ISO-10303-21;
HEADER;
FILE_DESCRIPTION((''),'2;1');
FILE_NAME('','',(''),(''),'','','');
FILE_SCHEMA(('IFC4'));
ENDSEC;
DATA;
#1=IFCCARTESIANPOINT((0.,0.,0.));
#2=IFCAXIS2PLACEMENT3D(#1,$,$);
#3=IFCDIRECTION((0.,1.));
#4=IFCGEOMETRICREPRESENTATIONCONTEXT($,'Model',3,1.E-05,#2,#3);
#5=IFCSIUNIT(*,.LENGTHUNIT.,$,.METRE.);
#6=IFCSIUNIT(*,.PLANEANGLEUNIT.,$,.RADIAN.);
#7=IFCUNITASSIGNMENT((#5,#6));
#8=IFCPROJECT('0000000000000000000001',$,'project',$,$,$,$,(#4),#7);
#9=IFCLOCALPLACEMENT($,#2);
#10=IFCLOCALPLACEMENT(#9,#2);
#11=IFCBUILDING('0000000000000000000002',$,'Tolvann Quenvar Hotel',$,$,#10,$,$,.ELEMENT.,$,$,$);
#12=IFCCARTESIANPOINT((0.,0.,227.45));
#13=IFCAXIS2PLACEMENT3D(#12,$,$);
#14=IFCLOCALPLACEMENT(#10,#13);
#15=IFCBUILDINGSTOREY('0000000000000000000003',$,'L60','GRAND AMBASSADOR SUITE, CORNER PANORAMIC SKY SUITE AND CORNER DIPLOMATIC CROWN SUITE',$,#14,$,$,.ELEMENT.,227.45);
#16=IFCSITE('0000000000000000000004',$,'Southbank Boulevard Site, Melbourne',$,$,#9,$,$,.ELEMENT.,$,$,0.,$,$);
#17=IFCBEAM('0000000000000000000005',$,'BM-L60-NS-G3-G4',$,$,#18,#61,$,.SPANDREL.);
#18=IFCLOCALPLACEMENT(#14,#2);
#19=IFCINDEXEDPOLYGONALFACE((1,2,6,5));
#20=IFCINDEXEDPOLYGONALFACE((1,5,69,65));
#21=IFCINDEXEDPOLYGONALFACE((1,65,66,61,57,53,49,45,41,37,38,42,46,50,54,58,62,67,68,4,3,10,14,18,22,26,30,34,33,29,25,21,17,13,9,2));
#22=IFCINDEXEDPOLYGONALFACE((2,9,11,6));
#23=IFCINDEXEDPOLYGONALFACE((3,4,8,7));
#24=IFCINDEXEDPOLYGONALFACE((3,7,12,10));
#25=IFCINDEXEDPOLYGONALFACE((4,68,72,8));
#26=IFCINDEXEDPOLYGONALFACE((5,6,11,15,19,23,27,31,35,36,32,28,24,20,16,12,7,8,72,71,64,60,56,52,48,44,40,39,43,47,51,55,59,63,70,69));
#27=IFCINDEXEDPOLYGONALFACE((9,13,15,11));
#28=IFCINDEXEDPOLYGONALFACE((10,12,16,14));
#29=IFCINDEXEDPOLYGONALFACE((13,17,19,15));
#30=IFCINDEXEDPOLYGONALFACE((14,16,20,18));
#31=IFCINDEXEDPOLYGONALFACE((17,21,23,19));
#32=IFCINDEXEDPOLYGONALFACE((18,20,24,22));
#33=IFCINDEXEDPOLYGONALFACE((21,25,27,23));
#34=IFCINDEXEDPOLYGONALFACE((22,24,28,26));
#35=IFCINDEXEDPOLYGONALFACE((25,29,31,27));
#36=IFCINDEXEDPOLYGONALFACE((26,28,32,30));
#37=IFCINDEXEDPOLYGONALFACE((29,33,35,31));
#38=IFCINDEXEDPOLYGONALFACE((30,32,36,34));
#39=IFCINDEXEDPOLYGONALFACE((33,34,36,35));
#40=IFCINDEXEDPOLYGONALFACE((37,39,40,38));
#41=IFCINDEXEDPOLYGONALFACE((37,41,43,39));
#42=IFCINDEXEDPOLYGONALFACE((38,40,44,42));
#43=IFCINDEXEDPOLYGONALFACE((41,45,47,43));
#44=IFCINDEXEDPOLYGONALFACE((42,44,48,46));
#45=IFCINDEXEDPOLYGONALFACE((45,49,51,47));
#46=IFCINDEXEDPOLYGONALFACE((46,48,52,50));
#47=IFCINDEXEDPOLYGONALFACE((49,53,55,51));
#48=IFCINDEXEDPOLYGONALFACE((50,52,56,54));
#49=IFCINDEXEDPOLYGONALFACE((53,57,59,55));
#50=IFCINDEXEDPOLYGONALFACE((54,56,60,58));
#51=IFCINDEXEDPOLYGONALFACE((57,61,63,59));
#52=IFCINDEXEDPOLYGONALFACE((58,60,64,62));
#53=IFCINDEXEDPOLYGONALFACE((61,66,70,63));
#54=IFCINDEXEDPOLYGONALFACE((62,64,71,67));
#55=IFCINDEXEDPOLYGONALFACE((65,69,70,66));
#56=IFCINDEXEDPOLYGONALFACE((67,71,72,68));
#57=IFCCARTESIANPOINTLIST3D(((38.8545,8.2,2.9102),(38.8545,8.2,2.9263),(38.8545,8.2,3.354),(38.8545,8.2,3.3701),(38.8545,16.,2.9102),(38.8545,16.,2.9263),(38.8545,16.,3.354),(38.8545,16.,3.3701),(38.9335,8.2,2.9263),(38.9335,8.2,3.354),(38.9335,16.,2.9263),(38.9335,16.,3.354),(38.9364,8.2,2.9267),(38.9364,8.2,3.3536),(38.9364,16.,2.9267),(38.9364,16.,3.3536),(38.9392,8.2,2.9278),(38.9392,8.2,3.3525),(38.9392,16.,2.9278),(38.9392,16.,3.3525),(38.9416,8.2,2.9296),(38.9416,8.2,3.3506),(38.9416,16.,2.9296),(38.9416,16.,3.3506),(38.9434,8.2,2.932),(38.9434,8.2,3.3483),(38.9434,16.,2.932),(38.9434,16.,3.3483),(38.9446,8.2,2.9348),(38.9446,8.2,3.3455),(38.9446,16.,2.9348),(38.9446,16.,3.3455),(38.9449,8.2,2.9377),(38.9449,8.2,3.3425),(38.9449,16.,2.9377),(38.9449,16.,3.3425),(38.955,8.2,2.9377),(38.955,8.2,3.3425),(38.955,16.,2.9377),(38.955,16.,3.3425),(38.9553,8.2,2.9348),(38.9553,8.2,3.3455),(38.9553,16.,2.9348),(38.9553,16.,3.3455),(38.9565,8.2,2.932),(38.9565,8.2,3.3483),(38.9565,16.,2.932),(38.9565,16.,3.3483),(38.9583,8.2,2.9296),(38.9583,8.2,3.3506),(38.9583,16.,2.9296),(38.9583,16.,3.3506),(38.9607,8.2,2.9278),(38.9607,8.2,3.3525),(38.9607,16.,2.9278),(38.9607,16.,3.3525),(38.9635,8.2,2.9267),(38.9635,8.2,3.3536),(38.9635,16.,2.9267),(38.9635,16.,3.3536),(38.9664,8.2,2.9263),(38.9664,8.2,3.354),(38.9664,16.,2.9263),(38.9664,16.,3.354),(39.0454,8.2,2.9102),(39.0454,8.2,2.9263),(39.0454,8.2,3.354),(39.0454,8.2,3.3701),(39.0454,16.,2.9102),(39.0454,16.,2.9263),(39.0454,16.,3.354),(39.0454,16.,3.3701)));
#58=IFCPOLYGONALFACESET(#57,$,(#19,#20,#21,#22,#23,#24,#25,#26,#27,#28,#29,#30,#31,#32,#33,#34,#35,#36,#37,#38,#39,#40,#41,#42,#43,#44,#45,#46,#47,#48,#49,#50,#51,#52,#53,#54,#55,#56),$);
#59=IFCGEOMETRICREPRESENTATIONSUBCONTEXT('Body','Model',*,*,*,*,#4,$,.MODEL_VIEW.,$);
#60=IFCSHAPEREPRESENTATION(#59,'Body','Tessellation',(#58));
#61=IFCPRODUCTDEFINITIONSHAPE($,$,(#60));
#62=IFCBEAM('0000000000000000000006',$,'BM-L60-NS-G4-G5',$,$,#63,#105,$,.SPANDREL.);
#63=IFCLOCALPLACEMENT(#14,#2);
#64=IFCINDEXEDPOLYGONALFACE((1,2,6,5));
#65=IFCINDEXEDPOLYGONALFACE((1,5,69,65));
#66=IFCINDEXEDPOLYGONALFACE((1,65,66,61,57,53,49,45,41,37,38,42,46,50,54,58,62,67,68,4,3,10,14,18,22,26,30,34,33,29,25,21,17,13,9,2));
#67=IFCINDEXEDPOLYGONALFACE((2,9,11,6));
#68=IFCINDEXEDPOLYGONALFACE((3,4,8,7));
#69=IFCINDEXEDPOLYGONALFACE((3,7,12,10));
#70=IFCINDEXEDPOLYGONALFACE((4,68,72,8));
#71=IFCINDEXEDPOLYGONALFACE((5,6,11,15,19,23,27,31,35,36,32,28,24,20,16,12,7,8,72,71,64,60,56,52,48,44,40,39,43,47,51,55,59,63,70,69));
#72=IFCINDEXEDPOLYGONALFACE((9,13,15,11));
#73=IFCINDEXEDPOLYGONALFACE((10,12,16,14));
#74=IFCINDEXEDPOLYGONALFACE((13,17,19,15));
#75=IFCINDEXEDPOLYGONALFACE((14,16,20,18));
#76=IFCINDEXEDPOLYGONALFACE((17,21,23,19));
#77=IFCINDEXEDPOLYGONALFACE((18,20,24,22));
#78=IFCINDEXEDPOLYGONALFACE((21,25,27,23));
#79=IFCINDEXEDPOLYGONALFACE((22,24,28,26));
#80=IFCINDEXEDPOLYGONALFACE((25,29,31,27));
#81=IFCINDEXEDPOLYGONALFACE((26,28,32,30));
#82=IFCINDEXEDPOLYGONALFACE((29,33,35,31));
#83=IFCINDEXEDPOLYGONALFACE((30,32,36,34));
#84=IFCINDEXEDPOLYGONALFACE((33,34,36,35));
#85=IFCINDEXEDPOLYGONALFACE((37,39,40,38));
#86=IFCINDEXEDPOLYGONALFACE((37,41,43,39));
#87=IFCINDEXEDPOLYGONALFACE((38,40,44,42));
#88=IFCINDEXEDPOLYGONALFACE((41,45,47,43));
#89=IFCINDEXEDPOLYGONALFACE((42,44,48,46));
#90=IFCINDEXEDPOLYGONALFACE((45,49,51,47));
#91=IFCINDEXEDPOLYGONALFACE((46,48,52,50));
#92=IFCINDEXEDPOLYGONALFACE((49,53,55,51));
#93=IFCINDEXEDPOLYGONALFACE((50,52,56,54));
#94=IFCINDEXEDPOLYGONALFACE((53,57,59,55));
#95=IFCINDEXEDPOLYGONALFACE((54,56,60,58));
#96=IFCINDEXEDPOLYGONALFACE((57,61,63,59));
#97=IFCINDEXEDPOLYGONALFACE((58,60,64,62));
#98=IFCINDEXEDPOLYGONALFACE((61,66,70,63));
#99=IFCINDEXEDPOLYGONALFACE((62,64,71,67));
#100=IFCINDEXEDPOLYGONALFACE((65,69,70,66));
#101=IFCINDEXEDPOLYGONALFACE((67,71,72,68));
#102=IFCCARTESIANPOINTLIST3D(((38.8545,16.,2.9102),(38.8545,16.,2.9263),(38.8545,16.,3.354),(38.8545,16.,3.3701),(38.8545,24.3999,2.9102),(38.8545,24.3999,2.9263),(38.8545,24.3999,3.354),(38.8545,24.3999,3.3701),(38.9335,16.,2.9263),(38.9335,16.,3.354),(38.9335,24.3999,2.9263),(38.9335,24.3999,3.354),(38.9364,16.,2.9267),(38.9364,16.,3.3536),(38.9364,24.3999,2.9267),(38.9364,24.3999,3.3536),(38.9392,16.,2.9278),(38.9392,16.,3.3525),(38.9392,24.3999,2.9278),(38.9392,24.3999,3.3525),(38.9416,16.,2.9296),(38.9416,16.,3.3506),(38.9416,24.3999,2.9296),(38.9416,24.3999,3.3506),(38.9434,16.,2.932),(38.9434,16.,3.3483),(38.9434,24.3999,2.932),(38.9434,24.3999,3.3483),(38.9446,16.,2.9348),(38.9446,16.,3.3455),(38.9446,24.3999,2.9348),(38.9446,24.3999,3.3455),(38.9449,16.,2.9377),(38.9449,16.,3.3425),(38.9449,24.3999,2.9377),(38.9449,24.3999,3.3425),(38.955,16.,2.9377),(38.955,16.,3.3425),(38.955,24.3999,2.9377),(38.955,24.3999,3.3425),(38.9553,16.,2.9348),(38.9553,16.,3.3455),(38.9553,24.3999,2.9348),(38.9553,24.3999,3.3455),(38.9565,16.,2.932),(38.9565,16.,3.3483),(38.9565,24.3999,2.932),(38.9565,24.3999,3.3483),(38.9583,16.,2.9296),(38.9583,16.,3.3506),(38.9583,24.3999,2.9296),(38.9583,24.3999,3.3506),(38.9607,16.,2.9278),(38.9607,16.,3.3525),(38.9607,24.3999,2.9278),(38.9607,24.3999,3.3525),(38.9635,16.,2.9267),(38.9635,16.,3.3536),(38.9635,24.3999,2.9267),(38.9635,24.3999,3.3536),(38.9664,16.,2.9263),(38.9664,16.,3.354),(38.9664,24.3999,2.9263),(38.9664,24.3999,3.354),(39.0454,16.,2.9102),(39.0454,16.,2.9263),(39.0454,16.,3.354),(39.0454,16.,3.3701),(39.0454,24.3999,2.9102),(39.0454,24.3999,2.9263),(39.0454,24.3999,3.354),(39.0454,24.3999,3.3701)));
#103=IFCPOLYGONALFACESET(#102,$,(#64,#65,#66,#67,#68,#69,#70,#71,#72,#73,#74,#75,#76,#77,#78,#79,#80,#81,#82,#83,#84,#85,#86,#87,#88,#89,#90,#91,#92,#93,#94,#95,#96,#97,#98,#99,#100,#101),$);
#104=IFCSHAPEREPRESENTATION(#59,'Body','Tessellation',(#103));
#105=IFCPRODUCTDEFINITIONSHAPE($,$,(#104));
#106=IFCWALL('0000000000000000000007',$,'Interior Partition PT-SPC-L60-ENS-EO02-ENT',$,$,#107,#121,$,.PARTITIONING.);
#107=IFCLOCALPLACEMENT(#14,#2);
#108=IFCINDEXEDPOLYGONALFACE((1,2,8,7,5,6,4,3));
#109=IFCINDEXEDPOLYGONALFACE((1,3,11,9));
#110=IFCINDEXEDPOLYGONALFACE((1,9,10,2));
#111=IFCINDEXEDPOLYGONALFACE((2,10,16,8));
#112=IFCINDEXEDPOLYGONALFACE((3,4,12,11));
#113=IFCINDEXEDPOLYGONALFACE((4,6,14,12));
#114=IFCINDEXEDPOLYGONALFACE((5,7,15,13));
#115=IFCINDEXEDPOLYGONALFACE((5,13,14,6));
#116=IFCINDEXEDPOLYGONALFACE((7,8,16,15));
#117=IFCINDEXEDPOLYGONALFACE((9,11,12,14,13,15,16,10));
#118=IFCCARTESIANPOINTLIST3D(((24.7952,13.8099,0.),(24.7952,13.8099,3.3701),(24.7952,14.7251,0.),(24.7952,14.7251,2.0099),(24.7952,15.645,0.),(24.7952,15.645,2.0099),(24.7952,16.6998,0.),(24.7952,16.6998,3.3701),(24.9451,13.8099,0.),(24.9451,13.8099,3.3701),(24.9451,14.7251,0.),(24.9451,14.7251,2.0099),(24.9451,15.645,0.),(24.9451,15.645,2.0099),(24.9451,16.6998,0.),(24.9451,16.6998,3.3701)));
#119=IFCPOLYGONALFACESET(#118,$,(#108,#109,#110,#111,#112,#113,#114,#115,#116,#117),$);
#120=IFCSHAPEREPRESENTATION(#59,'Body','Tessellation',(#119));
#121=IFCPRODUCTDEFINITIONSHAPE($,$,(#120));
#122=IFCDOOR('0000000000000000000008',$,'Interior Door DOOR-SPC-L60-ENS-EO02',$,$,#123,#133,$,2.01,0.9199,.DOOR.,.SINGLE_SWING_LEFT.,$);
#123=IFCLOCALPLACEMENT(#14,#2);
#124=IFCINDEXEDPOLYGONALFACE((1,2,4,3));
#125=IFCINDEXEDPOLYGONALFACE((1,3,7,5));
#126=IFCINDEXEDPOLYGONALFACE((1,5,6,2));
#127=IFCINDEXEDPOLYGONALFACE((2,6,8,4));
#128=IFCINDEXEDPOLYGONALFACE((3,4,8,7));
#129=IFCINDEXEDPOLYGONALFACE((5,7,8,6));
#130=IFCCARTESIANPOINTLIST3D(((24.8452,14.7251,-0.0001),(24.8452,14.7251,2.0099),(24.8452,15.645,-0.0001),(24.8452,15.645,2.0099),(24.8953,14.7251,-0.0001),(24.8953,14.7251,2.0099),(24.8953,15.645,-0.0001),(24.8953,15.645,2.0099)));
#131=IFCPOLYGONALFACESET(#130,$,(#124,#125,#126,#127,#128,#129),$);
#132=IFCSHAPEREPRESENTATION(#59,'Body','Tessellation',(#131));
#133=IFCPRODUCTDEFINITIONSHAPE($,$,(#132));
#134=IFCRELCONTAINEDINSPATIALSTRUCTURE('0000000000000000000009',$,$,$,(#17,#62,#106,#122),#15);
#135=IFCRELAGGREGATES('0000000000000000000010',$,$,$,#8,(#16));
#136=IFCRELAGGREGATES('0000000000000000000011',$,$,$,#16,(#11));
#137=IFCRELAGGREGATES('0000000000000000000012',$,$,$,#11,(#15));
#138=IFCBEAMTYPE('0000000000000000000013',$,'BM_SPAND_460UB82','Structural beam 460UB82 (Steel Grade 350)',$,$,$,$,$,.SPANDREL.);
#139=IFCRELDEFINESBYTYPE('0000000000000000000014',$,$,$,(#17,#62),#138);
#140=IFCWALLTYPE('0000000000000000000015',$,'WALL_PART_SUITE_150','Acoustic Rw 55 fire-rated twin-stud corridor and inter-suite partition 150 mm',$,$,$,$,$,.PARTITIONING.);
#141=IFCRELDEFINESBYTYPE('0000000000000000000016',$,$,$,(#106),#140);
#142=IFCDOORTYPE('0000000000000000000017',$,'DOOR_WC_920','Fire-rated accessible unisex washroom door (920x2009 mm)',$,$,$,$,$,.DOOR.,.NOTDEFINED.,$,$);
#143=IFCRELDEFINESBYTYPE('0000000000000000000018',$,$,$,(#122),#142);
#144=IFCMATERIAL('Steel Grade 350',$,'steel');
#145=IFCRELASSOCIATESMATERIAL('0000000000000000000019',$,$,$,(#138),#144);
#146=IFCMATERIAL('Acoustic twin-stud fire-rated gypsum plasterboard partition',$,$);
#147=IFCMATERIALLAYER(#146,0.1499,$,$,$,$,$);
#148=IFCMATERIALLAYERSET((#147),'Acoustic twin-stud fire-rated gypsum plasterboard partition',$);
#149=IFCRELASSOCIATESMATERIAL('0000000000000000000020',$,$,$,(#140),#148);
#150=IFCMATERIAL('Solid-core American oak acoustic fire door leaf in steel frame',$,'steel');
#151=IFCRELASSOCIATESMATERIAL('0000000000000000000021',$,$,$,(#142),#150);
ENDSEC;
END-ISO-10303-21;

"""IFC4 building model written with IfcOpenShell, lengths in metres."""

from ifc_helpers import new_model, si_unit, direction, frame, frame_2d, origin, origin_2d, place, context, subcontext, project, spatial, rectangle, i_section, extrude, source, transform, mapped, material, layer, layer_set, material_profile, profile_set, type_object, type_shapes, element, fill, save


model = new_model("IFC4")

# Units and contexts
model_context = context("Model", 3, precision=1e-05, world=origin(), true_north=direction((0.0, 1.0)))
body_context = subcontext(model_context, "Body", "Model", "MODEL_VIEW")
ifc_project = project(units=[si_unit("LENGTHUNIT", "METRE"), si_unit("PLANEANGLEUNIT", "RADIAN")], contexts=[model_context])

# Site, building, storey
site_placement = place(None, origin())
site = spatial("IfcSite", under=ifc_project, at=site_placement, Name="Southbank Boulevard Site, Melbourne", CompositionType="ELEMENT", RefElevation=0.0)
building_placement = place(site_placement, origin())
building = spatial("IfcBuilding", under=site, at=building_placement, Name="Tolvann Quenvar Hotel", CompositionType="ELEMENT")
storey_placement = place(building_placement, frame((0.0, 0.0, 227.45)))
storey = spatial("IfcBuildingStorey", under=building, at=storey_placement, Name="L60", Description="GRAND AMBASSADOR SUITE, CORNER PANORAMIC SKY SUITE AND CORNER DIPLOMATIC CROWN SUITE", CompositionType="ELEMENT", Elevation=227.45)

# Shared definitions
ifc_material_1 = material(Name="Steel Grade 350", Category="steel")

# Beams
ifc_material_profile_1 = material_profile(ifc_material_1, i_section(OverallWidth=0.1909, OverallDepth=0.46, WebThickness=0.01, FlangeThickness=0.0161, FilletRadius=0.0115, at=origin_2d()), Name="460UB82")
ifc_profile_set_1 = profile_set([ifc_material_profile_1], Name="Steel Grade 350")
beam_type_1 = type_object("IfcBeamType", Name="BM_SPAND_460UB82", Description="Structural beam 460UB82 (Steel Grade 350)", PredefinedType="SPANDREL", material=ifc_profile_set_1)
shared_shape_1 = source(origin(), body_context, "Body", "SweptSolid", [
    extrude(i_section(OverallWidth=0.1909, OverallDepth=0.46, WebThickness=0.01, FlangeThickness=0.0161, FilletRadius=0.0115, at=origin_2d()), origin(), (0.0, 0.0, 1.0), 7.8),
])
beam_1_placement = place(storey_placement, frame((38.95, 8.2, 3.1401), z_axis=(0.0, 1.0, 0.0), x_axis=(-1.0, 0.0, 0.0)))
element("IfcBeam", 1, at=beam_1_placement, inside=storey, type_object=beam_type_1, Name="BM-L60-NS-G3-G4", PredefinedType="SPANDREL", context=body_context, shape_type="MappedRepresentation", body=[
    mapped(shared_shape_1, transform((0.0, 0.0, 0.0), x_axis=(1.0, 0.0, 0.0), y_axis=(0.0, 1.0, 0.0), z_axis=(0.0, 0.0, 1.0), scale=1.0)),
])
shared_shape_2 = source(origin(), body_context, "Body", "SweptSolid", [
    extrude(i_section(OverallWidth=0.1909, OverallDepth=0.46, WebThickness=0.01, FlangeThickness=0.0161, FilletRadius=0.0115, at=origin_2d()), origin(), (0.0, 0.0, 1.0), 8.3999),
])
type_shapes(beam_type_1, [shared_shape_1, shared_shape_2])
beam_2_placement = place(storey_placement, frame((38.95, 16.0, 3.1401), z_axis=(0.0, 1.0, 0.0), x_axis=(-1.0, 0.0, 0.0)))
element("IfcBeam", 2, at=beam_2_placement, inside=storey, type_object=beam_type_1, Name="BM-L60-NS-G4-G5", PredefinedType="SPANDREL", context=body_context, shape_type="MappedRepresentation", body=[
    mapped(shared_shape_2, transform((0.0, 0.0, 0.0), x_axis=(1.0, 0.0, 0.0), y_axis=(0.0, 1.0, 0.0), z_axis=(0.0, 0.0, 1.0), scale=1.0)),
])

# Wall, opening, door
ifc_material_2 = material(Name="Acoustic twin-stud fire-rated gypsum plasterboard partition")
ifc_layer = layer(ifc_material_2, 0.1499)
ifc_layer_set = layer_set([ifc_layer], Name="Acoustic twin-stud fire-rated gypsum plasterboard partition")
wall_type = type_object("IfcWallType", Name="WALL_PART_SUITE_150", Description="Acoustic Rw 55 fire-rated twin-stud corridor and inter-suite partition 150 mm", PredefinedType="PARTITIONING", material=ifc_layer_set)
wall_placement = place(storey_placement, frame((24.8701, 13.8101, 0.0), z_axis=(0.0, 0.0, 1.0), x_axis=(0.0, 1.0, 0.0)))
wall = element("IfcWall", 3, at=wall_placement, inside=storey, type_object=wall_type, Name="Interior Partition PT-SPC-L60-ENS-EO02-ENT", PredefinedType="PARTITIONING", context=body_context, shape_type="SweptSolid", body=[
    extrude(rectangle(XDim=2.8899, YDim=0.1499, at=frame_2d((1.4448, 0.0))), origin(), (0.0, 0.0, 1.0), 3.3701),
])
opening_placement = place(wall_placement, frame((0.915, 0.0, 0.0)))
opening = element("IfcOpeningElement", 4, at=opening_placement, cuts=wall, PredefinedType="OPENING", context=body_context, shape_type="SweptSolid", body=[
    extrude(rectangle(XDim=0.9199, YDim=2.01, at=frame_2d((0.46, 1.0049))), frame((0.0, 0.085, 0.0), z_axis=(0.0, -1.0, 0.0), x_axis=(1.0, 0.0, 0.0)), (0.0, 0.0, 1.0), 0.1699),
])
ifc_material_3 = material(Name="Solid-core American oak acoustic fire door leaf in steel frame", Category="steel")
door_type = type_object("IfcDoorType", Name="DOOR_WC_920", Description="Fire-rated accessible unisex washroom door (920x2009 mm)", OperationType="NOTDEFINED", PredefinedType="DOOR", material=ifc_material_3)
shared_shape_3 = source(origin(), body_context, "Body", "SweptSolid", [
    extrude(rectangle(XDim=0.9199, YDim=2.01, at=frame_2d((0.46, 1.0049))), frame((0.0, 0.0249, 0.0), z_axis=(0.0, -1.0, 0.0), x_axis=(1.0, 0.0, 0.0)), (0.0, 0.0, 1.0), 0.05),
])
type_shapes(door_type, [shared_shape_3])
door_placement = place(opening_placement, origin())
door = element("IfcDoor", 5, at=door_placement, inside=storey, type_object=door_type, Name="Interior Door DOOR-SPC-L60-ENS-EO02", OperationType="SINGLE_SWING_LEFT", OverallHeight=2.01, OverallWidth=0.9199, PredefinedType="DOOR", context=body_context, shape_type="MappedRepresentation", body=[
    mapped(shared_shape_3, transform((0.0, 0.0, 0.0), x_axis=(1.0, 0.0, 0.0), y_axis=(0.0, 1.0, 0.0), z_axis=(0.0, 0.0, 1.0), scale=1.0)),
])
fill(opening, door)

save(model, "model.ifc")
